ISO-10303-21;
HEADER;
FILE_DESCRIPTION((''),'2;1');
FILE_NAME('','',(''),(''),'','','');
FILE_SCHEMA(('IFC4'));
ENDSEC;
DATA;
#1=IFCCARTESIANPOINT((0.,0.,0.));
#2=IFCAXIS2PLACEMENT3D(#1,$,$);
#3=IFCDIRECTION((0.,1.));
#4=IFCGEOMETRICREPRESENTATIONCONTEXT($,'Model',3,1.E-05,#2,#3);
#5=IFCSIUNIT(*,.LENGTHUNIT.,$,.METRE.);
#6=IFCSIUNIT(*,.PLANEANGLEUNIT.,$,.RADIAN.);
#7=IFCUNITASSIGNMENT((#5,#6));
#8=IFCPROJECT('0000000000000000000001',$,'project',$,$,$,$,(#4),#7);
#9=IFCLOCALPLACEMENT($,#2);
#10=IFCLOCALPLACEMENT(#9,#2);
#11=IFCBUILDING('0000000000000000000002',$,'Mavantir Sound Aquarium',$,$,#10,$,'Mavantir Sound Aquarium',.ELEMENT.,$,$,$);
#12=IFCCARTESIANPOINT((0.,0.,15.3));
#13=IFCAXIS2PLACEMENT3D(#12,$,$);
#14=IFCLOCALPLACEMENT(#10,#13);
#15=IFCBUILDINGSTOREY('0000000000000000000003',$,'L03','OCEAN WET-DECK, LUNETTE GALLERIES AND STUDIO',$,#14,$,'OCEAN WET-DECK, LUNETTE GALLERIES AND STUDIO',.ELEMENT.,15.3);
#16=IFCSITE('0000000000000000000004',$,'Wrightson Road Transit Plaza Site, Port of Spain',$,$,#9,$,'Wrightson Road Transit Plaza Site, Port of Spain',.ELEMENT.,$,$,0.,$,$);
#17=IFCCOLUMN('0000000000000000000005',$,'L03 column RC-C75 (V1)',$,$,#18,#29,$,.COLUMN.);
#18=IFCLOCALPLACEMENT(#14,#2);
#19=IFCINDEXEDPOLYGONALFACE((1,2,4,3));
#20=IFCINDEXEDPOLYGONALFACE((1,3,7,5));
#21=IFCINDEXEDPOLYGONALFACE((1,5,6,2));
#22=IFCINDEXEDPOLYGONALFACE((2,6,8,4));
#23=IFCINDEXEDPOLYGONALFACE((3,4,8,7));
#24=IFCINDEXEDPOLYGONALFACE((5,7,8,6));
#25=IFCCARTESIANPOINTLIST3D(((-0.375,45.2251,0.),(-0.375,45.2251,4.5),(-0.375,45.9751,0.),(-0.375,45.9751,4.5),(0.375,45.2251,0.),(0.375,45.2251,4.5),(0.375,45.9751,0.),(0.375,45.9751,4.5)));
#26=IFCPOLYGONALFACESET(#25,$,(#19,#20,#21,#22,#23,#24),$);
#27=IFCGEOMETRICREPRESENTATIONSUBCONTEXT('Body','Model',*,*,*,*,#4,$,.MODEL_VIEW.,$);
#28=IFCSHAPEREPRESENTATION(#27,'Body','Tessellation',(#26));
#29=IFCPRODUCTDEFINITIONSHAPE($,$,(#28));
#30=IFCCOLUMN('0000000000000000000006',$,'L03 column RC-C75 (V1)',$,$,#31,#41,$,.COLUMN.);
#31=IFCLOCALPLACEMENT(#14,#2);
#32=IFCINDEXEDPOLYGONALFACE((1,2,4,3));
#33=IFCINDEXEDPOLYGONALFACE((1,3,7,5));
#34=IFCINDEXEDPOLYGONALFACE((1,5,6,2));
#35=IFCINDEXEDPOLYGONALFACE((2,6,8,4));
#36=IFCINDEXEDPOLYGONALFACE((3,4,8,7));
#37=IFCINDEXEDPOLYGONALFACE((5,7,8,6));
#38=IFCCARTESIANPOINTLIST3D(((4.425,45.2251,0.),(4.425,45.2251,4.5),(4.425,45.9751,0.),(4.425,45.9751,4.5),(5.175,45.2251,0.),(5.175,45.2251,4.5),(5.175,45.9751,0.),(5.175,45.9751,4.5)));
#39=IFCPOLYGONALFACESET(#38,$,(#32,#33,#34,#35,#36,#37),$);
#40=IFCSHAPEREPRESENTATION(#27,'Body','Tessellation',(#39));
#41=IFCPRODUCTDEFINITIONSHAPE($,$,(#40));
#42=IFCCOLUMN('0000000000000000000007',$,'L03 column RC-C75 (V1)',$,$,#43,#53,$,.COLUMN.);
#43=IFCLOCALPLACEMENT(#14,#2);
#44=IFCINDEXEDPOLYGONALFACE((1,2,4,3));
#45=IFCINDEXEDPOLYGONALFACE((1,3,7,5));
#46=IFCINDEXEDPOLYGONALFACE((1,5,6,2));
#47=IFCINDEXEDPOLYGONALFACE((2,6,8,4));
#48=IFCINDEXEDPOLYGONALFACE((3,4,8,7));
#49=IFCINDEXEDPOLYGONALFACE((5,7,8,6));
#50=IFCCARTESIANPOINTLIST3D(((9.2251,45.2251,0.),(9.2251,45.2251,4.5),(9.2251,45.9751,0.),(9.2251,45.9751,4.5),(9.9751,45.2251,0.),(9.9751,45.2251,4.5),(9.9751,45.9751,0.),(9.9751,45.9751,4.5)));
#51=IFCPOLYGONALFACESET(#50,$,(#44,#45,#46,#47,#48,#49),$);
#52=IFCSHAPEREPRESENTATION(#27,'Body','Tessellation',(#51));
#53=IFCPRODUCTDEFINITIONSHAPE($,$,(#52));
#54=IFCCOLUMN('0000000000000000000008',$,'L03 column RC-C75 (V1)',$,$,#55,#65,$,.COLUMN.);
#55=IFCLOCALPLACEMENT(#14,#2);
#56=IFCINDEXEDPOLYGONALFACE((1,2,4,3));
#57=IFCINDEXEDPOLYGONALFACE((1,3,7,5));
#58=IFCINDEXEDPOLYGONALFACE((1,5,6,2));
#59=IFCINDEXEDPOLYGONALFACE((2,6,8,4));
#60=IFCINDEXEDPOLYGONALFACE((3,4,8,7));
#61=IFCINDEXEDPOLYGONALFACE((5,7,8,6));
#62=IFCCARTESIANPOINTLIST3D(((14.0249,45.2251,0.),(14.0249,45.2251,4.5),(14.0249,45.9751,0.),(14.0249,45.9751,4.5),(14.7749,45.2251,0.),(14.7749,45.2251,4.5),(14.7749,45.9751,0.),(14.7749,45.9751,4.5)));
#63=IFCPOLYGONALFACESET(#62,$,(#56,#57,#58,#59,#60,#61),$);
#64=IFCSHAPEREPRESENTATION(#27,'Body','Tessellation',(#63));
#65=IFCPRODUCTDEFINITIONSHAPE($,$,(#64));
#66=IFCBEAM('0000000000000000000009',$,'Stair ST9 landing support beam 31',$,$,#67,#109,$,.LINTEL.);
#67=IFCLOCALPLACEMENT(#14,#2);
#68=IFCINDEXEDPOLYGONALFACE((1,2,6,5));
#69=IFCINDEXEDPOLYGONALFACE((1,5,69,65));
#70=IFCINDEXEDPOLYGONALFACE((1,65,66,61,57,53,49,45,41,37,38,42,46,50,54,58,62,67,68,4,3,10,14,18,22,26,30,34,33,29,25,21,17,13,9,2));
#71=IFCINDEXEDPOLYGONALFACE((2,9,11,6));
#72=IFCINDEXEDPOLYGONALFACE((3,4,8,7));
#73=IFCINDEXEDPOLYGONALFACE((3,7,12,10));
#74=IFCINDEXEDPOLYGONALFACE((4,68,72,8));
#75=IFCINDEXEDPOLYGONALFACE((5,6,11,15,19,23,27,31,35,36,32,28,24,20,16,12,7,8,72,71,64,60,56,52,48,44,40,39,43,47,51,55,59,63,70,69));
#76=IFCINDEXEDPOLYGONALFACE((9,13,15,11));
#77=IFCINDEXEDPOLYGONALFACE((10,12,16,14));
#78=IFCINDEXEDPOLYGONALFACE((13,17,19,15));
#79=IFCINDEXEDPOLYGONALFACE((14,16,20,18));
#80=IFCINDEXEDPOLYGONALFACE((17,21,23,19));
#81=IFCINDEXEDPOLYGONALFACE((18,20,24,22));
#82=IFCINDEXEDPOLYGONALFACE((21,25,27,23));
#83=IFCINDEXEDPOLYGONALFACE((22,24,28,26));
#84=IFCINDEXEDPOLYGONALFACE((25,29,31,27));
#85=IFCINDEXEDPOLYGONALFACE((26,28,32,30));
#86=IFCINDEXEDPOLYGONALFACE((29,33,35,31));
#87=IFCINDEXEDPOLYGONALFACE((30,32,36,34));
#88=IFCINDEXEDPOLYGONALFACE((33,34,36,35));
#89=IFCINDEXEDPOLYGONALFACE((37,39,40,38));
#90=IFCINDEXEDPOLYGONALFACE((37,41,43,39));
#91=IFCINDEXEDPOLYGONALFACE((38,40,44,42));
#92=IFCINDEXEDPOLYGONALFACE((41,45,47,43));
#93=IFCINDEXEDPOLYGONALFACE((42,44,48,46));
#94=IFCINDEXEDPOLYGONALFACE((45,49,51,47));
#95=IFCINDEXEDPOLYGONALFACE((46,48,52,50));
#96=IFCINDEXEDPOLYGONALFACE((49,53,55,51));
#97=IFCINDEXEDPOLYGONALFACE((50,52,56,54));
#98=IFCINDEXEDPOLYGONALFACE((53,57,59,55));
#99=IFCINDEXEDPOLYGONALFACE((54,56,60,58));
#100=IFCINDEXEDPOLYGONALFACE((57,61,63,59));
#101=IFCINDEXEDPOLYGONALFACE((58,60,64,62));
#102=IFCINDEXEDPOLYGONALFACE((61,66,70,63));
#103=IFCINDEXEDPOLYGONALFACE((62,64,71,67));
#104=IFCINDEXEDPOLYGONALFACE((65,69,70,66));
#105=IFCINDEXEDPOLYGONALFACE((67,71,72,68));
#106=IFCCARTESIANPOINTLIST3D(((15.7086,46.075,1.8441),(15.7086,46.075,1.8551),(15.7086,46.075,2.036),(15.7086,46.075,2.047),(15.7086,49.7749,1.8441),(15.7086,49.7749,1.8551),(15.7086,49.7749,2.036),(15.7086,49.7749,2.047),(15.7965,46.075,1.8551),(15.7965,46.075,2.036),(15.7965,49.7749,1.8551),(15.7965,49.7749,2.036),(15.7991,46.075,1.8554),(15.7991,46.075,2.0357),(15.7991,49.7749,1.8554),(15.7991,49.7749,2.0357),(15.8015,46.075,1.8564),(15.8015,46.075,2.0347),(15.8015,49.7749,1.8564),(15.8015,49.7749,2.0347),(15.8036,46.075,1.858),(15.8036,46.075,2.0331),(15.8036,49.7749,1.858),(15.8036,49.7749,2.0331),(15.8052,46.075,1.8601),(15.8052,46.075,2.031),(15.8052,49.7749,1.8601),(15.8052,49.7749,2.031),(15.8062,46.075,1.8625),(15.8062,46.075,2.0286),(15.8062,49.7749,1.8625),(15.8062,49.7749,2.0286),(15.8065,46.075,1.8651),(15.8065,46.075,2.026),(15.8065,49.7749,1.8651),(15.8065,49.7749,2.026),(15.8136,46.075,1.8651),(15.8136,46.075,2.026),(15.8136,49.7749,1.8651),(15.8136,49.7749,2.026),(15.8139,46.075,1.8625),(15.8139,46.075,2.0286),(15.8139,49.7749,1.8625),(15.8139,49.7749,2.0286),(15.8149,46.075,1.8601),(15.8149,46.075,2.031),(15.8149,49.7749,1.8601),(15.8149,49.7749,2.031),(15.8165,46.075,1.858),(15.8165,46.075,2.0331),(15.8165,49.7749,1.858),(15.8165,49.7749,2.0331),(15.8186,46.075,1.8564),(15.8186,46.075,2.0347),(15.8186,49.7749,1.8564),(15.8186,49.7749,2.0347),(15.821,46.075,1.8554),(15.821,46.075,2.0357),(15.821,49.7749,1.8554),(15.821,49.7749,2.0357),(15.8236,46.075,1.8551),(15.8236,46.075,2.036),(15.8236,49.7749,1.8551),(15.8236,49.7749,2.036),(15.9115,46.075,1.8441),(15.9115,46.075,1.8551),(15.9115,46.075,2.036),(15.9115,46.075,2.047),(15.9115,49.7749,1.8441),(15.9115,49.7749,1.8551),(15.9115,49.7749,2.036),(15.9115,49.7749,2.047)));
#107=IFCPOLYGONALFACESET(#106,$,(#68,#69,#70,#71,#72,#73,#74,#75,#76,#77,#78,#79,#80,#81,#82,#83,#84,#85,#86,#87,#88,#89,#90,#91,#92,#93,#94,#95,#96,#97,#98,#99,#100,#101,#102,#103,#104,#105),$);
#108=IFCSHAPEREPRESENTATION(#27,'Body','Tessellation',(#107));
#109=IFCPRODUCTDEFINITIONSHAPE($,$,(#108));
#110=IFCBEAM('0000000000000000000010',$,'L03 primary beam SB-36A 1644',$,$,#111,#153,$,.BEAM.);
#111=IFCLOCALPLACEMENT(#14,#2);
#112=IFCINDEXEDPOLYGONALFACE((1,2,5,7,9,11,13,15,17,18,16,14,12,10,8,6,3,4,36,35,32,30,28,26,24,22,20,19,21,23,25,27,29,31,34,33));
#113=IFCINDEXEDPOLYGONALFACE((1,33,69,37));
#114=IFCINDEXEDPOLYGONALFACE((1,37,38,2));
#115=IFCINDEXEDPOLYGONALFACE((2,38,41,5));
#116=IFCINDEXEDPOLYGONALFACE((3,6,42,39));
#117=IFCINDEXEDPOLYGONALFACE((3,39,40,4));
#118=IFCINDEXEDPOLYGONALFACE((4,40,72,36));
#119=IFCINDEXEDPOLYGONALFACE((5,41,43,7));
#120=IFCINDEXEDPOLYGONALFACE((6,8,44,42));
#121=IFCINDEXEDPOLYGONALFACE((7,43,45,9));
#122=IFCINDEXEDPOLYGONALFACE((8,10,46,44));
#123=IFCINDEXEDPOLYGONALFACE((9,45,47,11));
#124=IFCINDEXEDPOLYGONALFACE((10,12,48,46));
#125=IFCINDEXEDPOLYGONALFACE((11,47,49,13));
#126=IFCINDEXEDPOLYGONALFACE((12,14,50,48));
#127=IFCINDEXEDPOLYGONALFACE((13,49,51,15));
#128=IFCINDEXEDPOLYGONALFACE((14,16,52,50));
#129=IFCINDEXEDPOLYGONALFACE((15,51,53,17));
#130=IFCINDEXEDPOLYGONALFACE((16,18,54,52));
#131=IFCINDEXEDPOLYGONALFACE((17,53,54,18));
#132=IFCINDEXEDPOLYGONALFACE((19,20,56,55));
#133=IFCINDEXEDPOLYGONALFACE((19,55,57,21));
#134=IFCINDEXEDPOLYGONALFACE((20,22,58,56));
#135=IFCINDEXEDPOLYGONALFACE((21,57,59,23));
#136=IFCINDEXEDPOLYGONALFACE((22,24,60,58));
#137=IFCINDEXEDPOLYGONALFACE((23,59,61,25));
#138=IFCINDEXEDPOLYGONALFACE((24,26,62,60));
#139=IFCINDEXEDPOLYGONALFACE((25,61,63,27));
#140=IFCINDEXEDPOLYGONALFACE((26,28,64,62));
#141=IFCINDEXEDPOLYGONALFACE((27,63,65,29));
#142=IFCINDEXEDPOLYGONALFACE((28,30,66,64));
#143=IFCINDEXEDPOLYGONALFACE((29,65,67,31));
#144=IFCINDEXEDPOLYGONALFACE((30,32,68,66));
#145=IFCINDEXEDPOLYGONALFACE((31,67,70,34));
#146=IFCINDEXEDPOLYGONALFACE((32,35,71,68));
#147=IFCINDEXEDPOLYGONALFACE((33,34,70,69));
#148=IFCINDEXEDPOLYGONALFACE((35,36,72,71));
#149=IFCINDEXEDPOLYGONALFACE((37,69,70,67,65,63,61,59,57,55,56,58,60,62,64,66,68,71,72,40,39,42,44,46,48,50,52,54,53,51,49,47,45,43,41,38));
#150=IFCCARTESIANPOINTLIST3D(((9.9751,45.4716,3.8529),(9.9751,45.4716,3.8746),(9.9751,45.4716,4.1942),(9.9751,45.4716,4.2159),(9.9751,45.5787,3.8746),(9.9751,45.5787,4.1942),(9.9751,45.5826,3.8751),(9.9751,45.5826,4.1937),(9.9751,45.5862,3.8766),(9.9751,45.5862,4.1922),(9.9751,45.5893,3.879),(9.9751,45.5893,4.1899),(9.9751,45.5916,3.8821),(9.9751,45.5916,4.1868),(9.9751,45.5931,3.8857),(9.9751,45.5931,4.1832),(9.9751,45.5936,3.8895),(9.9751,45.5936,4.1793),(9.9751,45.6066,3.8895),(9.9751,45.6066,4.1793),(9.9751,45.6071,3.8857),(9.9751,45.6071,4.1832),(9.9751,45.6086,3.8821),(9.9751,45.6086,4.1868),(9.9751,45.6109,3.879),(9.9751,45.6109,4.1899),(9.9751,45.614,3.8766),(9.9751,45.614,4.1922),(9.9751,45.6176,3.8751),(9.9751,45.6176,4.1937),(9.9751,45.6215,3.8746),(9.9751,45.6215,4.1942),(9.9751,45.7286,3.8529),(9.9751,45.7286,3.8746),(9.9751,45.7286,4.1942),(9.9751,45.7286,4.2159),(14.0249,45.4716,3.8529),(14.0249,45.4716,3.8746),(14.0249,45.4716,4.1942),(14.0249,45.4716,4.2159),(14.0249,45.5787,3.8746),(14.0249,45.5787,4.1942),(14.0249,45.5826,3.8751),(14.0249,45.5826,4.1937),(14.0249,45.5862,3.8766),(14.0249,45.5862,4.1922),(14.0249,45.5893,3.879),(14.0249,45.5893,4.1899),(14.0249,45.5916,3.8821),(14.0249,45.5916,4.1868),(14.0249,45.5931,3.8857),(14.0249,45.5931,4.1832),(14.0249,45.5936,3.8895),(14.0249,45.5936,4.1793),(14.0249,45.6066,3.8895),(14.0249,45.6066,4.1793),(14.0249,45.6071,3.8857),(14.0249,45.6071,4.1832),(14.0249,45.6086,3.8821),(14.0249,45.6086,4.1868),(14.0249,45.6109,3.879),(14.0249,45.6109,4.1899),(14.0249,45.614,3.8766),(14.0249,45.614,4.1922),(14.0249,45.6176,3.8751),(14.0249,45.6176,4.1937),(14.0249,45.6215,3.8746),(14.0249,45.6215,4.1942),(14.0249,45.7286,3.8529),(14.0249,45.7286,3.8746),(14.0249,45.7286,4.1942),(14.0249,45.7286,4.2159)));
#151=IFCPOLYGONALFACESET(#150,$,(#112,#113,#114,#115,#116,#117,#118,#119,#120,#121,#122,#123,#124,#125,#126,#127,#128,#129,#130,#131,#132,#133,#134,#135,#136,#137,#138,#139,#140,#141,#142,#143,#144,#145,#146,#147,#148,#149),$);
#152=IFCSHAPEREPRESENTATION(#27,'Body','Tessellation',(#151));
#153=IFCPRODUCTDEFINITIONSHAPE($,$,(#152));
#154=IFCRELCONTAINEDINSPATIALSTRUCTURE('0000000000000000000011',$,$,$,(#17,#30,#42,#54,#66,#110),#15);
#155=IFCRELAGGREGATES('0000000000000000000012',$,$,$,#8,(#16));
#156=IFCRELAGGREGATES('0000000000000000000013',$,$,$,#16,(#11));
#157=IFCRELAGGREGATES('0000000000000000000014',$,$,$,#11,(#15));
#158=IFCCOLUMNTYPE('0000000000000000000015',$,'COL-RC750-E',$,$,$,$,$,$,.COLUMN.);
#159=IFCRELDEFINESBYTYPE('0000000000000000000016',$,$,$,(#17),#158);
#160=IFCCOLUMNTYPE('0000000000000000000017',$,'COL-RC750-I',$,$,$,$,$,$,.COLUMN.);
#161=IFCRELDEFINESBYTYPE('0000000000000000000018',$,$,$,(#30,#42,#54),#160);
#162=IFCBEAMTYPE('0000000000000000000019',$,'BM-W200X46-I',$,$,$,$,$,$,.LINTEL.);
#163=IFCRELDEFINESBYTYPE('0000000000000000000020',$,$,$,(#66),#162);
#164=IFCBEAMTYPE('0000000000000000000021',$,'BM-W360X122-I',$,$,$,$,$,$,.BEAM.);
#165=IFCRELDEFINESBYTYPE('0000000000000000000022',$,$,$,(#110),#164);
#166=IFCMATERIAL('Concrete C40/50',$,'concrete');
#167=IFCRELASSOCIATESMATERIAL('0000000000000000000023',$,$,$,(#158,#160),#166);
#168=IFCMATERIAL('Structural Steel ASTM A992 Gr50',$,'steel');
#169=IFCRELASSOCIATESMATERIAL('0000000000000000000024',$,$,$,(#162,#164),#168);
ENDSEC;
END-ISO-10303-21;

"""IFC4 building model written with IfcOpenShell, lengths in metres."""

from ifc_helpers import new_model, si_unit, direction, frame, origin, origin_2d, place, context, subcontext, project, spatial, rectangle, i_section, extrude, material, material_profile, profile_set, type_object, element, save


model = new_model("IFC4")

# Units and contexts
model_context = context("Model", 3, precision=1e-05, world=origin(), true_north=direction((0.0, 1.0)))
body_context = subcontext(model_context, "Body", "Model", "MODEL_VIEW")
ifc_project = project(units=[si_unit("LENGTHUNIT", "METRE"), si_unit("PLANEANGLEUNIT", "RADIAN")], contexts=[model_context])

# Site, building, storey
site_placement = place(None, origin())
site = spatial("IfcSite", under=ifc_project, at=site_placement, Name="Wrightson Road Transit Plaza Site, Port of Spain", LongName="Wrightson Road Transit Plaza Site, Port of Spain", CompositionType="ELEMENT", RefElevation=0.0)
building_placement = place(site_placement, origin())
building = spatial("IfcBuilding", under=site, at=building_placement, Name="Mavantir Sound Aquarium", LongName="Mavantir Sound Aquarium", CompositionType="ELEMENT")
storey_placement = place(building_placement, frame((0.0, 0.0, 15.3)))
storey = spatial("IfcBuildingStorey", under=building, at=storey_placement, Name="L03", Description="OCEAN WET-DECK, LUNETTE GALLERIES AND STUDIO", LongName="OCEAN WET-DECK, LUNETTE GALLERIES AND STUDIO", CompositionType="ELEMENT", Elevation=15.3)

# Columns
ifc_material_1 = material(Name="Concrete C40/50", Category="concrete")
ifc_material_profile_1 = material_profile(ifc_material_1, rectangle(XDim=0.75, YDim=0.75, at=origin_2d()), Name="RC 750X750")
ifc_profile_set_1 = profile_set([ifc_material_profile_1], Name="Concrete C40/50")
column_type_1 = type_object("IfcColumnType", Name="COL-RC750-E", PredefinedType="COLUMN", material=ifc_profile_set_1)
column_placement = place(storey_placement, frame((0.0, 45.6001, 0.0), z_axis=(0.0, 0.0, 1.0), x_axis=(1.0, 0.0, 0.0)))
element("IfcColumn", 1, at=column_placement, inside=storey, type_object=column_type_1, Name="L03 column RC-C75 (V1)", PredefinedType="COLUMN", context=body_context, shape_type="SweptSolid", body=[
    extrude(rectangle(XDim=0.75, YDim=0.75, at=origin_2d()), origin(), (0.0, 0.0, 1.0), 4.5),
])
ifc_material_profile_2 = material_profile(ifc_material_1, rectangle(XDim=0.75, YDim=0.75, at=origin_2d()), Name="RC 750X750")
ifc_profile_set_2 = profile_set([ifc_material_profile_2], Name="Concrete C40/50")
column_type_2 = type_object("IfcColumnType", Name="COL-RC750-I", PredefinedType="COLUMN", material=ifc_profile_set_2)
for number, where, z_axis, x_axis, name in (
    (2, (4.8, 45.6001, 0.0), (0.0, 0.0, 1.0), (1.0, 0.0, 0.0), "L03 column RC-C75 (V1)"),
    (3, (9.6001, 45.6001, 0.0), (0.0, 0.0, 1.0), (1.0, 0.0, 0.0), "L03 column RC-C75 (V1)"),
    (4, (14.3999, 45.6001, 0.0), (0.0, 0.0, 1.0), (1.0, 0.0, 0.0), "L03 column RC-C75 (V1)"),
):
    element("IfcColumn", number, at=place(storey_placement, frame(where, z_axis=z_axis, x_axis=x_axis)), inside=storey, type_object=column_type_2, Name=name, PredefinedType="COLUMN", context=body_context, shape_type="SweptSolid", body=[
        extrude(rectangle(XDim=0.75, YDim=0.75, at=origin_2d()), origin(), (0.0, 0.0, 1.0), 4.5),
    ])

# Beams
ifc_material_2 = material(Name="Structural Steel ASTM A992 Gr50", Category="steel")
ifc_material_profile_3 = material_profile(ifc_material_2, i_section(OverallWidth=0.2029, OverallDepth=0.2029, WebThickness=0.0071, FlangeThickness=0.011, FilletRadius=0.01, at=origin_2d()), Name="W200X46")
ifc_profile_set_3 = profile_set([ifc_material_profile_3], Name="Structural Steel ASTM A992 Gr50")
beam_type_1 = type_object("IfcBeamType", Name="BM-W200X46-I", PredefinedType="LINTEL", material=ifc_profile_set_3)
beam_1_placement = place(storey_placement, frame((15.8101, 46.075, 1.9456), z_axis=(0.0, 1.0, 0.0), x_axis=(-1.0, 0.0, 0.0)))
element("IfcBeam", 5, at=beam_1_placement, inside=storey, type_object=beam_type_1, Name="Stair ST9 landing support beam 31", PredefinedType="LINTEL", context=body_context, shape_type="SweptSolid", body=[
    extrude(i_section(OverallWidth=0.2029, OverallDepth=0.2029, WebThickness=0.0071, FlangeThickness=0.011, FilletRadius=0.01, at=origin_2d()), origin(), (0.0, 0.0, 1.0), 3.7),
])
ifc_material_profile_4 = material_profile(ifc_material_2, i_section(OverallWidth=0.2571, OverallDepth=0.363, WebThickness=0.0129, FlangeThickness=0.0217, FilletRadius=0.0149, at=origin_2d()), Name="W360X122")
ifc_profile_set_4 = profile_set([ifc_material_profile_4], Name="Structural Steel ASTM A992 Gr50")
beam_type_2 = type_object("IfcBeamType", Name="BM-W360X122-I", PredefinedType="BEAM", material=ifc_profile_set_4)
beam_2_placement = place(storey_placement, frame((9.9751, 45.6001, 4.0344), z_axis=(1.0, 0.0, 0.0), x_axis=(0.0, 1.0, 0.0)))
element("IfcBeam", 6, at=beam_2_placement, inside=storey, type_object=beam_type_2, Name="L03 primary beam SB-36A 1644", PredefinedType="BEAM", context=body_context, shape_type="SweptSolid", body=[
    extrude(i_section(OverallWidth=0.2571, OverallDepth=0.363, WebThickness=0.0129, FlangeThickness=0.0217, FilletRadius=0.0149, at=origin_2d()), origin(), (0.0, 0.0, 1.0), 4.0498),
])

save(model, "model.ifc")
